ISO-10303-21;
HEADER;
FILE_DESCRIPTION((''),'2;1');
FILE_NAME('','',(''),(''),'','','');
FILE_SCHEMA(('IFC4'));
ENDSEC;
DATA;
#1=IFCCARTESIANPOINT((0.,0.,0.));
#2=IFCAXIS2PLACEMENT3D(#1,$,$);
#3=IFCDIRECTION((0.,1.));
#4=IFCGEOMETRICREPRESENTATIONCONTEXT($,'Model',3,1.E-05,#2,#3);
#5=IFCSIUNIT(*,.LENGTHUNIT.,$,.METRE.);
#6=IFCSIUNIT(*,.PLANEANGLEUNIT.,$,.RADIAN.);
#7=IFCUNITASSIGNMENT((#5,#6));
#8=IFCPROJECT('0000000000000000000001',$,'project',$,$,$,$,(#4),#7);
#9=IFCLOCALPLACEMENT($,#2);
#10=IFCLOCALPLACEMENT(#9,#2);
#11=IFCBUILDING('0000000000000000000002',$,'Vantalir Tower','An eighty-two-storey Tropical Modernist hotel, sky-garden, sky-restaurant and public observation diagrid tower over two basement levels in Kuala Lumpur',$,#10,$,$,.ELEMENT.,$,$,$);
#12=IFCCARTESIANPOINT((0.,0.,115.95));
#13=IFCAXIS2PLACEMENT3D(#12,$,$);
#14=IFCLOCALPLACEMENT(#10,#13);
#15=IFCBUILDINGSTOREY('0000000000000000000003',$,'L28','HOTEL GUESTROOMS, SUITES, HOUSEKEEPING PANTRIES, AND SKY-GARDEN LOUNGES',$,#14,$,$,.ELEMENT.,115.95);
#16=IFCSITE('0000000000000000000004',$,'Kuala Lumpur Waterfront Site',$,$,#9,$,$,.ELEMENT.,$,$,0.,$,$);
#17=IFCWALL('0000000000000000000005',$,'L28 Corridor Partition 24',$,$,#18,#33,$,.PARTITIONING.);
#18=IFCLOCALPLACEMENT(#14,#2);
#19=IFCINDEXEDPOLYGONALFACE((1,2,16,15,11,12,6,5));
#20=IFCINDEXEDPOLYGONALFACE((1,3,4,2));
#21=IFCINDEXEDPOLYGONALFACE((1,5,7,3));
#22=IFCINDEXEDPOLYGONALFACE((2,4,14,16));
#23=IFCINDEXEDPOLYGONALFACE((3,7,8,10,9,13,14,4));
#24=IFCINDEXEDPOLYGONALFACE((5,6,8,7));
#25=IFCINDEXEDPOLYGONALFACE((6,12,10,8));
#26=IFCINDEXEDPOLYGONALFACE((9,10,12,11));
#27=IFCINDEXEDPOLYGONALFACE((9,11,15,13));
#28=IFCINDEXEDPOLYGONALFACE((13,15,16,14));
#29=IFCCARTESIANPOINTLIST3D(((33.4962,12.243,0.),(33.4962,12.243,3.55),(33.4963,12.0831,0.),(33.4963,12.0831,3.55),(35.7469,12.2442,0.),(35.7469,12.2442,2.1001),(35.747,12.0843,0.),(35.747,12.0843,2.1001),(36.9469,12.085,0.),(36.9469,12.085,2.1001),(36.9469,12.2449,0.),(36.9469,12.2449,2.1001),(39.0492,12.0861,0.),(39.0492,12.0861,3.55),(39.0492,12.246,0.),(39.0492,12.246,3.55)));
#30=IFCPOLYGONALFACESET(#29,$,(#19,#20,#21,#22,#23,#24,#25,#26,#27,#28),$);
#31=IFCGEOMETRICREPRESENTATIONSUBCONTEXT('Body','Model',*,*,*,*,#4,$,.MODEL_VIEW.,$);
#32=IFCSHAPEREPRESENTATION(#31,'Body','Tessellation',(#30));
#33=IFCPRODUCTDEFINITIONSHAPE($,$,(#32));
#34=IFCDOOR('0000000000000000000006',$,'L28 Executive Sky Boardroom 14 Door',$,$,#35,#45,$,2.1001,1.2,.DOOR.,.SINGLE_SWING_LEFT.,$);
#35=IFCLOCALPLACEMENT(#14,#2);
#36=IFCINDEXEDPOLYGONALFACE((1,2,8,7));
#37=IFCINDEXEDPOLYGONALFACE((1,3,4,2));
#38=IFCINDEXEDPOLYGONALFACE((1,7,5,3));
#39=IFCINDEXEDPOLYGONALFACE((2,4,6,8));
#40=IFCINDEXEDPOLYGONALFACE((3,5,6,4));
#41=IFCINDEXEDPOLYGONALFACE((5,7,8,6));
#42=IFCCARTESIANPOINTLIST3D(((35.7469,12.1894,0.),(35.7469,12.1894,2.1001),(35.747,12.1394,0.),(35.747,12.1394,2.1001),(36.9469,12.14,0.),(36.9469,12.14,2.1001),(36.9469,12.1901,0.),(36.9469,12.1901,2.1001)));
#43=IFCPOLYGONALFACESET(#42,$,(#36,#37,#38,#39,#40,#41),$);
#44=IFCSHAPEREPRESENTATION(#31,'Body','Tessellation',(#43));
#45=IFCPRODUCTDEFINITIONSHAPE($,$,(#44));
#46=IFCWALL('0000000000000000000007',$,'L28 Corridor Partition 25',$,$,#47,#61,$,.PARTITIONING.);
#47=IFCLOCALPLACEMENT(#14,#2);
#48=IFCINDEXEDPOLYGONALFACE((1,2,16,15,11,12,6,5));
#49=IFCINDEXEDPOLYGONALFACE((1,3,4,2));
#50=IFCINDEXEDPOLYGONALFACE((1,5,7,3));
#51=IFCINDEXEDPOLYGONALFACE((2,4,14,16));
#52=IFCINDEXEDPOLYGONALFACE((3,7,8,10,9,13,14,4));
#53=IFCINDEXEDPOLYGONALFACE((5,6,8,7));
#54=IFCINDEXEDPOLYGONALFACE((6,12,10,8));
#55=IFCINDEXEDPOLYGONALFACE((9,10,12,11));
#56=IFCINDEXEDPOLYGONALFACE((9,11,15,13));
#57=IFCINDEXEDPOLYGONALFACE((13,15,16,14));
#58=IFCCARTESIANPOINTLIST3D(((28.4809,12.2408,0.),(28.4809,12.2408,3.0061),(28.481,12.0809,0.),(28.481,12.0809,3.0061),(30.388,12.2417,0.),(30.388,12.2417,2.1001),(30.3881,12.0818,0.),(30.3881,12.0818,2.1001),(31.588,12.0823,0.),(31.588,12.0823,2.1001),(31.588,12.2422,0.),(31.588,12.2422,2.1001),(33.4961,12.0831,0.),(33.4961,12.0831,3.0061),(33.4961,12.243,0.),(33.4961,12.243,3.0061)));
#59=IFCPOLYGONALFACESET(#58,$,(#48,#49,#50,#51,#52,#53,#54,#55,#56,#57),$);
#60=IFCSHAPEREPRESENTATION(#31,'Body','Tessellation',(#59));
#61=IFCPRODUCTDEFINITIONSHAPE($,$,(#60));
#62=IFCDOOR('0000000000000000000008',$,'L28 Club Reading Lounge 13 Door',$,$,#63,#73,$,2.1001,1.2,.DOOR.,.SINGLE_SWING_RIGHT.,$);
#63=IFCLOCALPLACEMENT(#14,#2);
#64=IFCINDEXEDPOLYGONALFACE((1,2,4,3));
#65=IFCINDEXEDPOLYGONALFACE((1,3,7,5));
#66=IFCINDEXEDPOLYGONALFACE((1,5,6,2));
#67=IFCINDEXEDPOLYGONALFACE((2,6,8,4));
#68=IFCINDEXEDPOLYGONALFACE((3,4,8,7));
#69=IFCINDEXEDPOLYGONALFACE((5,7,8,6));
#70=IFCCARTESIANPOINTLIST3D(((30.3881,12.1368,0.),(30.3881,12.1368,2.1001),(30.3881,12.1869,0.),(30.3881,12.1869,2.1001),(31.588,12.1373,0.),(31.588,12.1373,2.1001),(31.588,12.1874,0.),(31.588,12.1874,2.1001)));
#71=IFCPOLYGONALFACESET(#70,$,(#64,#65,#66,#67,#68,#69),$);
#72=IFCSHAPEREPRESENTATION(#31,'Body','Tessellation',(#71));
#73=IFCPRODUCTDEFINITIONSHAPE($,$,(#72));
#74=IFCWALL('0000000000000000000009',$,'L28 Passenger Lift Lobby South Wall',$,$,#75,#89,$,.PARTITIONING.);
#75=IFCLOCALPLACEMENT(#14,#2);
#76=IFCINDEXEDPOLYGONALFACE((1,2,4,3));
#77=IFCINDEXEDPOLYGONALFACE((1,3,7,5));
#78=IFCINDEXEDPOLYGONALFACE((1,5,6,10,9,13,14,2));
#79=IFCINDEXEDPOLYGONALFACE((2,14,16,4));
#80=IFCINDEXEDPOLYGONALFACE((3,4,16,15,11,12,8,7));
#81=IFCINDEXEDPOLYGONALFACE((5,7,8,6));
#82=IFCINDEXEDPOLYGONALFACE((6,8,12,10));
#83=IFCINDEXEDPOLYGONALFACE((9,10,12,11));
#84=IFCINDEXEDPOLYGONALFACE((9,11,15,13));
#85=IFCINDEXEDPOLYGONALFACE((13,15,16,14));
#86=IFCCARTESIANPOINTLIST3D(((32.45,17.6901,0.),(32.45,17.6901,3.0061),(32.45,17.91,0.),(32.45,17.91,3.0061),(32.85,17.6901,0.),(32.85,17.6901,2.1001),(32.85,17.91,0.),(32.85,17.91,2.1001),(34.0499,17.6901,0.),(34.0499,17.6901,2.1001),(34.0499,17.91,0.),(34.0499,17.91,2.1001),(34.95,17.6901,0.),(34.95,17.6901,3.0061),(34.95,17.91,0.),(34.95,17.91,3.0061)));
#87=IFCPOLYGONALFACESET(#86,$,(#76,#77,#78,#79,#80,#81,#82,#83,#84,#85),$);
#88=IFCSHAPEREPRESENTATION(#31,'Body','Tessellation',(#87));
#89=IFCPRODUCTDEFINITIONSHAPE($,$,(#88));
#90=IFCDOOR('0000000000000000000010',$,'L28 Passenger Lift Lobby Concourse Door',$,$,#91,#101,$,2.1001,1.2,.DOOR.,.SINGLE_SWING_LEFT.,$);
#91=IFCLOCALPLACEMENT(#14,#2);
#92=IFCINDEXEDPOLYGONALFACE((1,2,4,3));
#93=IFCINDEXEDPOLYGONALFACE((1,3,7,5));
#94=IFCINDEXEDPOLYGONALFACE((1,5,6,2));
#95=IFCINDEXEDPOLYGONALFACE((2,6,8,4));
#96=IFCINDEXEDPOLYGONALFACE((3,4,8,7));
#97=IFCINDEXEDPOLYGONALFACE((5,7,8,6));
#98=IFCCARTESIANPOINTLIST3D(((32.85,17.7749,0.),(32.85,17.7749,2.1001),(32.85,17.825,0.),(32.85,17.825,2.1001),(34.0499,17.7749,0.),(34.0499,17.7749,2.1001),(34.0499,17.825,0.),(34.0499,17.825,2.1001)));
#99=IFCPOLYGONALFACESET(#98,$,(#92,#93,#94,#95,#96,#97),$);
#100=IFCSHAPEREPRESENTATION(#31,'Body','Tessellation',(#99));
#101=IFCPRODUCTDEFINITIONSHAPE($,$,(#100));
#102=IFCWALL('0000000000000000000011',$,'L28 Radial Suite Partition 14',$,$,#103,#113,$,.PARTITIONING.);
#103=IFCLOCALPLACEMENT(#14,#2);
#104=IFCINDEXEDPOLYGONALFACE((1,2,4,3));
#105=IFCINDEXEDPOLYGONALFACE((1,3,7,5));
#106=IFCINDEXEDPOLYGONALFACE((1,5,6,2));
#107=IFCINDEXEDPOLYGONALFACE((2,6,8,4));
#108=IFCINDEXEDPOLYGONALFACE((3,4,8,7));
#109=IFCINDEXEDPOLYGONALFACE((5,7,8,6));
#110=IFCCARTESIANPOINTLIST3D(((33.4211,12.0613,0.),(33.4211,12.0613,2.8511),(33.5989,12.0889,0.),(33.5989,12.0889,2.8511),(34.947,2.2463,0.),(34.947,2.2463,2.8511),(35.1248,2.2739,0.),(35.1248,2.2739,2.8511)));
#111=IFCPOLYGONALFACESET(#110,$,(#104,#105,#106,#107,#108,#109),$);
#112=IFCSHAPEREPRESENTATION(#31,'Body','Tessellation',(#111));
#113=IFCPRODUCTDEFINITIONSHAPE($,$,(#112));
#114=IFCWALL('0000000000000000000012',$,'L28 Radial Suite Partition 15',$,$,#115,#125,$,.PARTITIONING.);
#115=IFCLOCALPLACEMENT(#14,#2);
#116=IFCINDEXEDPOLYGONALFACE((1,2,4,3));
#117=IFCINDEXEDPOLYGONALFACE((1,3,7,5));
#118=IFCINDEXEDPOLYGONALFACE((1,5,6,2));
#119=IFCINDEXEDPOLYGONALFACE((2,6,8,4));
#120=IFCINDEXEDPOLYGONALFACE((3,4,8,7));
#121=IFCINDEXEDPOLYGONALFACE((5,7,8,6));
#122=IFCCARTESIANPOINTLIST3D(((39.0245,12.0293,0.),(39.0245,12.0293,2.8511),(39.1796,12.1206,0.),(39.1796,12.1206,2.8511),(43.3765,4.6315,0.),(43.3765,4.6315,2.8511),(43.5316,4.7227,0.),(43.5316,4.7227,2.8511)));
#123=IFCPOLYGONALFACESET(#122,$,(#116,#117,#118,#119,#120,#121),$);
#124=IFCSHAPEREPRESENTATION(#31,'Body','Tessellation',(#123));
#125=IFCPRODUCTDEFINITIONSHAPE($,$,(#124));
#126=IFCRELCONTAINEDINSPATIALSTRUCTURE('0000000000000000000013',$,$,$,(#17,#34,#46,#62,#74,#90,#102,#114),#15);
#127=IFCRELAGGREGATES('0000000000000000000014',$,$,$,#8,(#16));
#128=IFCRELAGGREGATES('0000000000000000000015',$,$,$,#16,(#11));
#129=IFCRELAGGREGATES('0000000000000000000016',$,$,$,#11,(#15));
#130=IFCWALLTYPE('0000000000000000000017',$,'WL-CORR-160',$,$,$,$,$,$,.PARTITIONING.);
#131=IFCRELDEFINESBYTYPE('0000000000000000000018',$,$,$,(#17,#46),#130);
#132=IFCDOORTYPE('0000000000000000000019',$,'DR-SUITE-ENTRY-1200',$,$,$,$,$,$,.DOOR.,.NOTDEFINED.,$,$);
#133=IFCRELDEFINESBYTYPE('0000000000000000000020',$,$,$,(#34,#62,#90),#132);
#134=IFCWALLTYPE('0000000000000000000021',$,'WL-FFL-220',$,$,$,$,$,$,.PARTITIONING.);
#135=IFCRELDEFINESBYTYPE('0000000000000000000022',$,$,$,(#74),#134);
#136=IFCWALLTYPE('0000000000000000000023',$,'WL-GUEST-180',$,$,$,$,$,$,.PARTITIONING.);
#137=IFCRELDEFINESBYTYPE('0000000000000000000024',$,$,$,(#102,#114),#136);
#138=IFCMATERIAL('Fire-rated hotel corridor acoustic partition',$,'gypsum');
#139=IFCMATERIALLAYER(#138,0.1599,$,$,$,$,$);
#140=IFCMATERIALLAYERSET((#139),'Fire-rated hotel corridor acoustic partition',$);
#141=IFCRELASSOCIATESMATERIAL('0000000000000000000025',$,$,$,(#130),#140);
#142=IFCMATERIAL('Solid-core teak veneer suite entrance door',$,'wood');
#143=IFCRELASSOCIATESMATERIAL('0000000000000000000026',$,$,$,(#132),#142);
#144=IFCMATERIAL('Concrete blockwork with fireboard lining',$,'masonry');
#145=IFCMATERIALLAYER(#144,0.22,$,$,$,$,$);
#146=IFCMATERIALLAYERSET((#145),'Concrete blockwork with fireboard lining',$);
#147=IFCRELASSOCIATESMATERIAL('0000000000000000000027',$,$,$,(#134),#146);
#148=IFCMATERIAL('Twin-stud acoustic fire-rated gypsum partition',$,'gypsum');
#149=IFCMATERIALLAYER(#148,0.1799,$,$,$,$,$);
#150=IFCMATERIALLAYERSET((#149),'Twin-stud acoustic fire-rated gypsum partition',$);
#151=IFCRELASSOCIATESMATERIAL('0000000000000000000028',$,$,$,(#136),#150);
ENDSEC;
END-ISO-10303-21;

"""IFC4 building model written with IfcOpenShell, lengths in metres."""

from ifc_helpers import new_model, si_unit, direction, frame, frame_2d, origin, place, context, subcontext, project, spatial, rectangle, extrude, material, layer, layer_set, type_object, element, fill, save


model = new_model("IFC4")

# Units and contexts
model_context = context("Model", 3, precision=1e-05, world=origin(), true_north=direction((0.0, 1.0)))
body_context = subcontext(model_context, "Body", "Model", "MODEL_VIEW")
ifc_project = project(units=[si_unit("LENGTHUNIT", "METRE"), si_unit("PLANEANGLEUNIT", "RADIAN")], contexts=[model_context])

# Site, building, storey
site_placement = place(None, origin())
site = spatial("IfcSite", under=ifc_project, at=site_placement, Name="Kuala Lumpur Waterfront Site", CompositionType="ELEMENT", RefElevation=0.0)
building_placement = place(site_placement, origin())
building = spatial("IfcBuilding", under=site, at=building_placement, Name="Vantalir Tower", Description="An eighty-two-storey Tropical Modernist hotel, sky-garden, sky-restaurant and public observation diagrid tower over two basement levels in Kuala Lumpur", CompositionType="ELEMENT")
storey_placement = place(building_placement, frame((0.0, 0.0, 115.95)))
storey = spatial("IfcBuildingStorey", under=building, at=storey_placement, Name="L28", Description="HOTEL GUESTROOMS, SUITES, HOUSEKEEPING PANTRIES, AND SKY-GARDEN LOUNGES", CompositionType="ELEMENT", Elevation=115.95)

# Walls, openings, doors
ifc_material_1 = material(Name="Fire-rated hotel corridor acoustic partition", Category="gypsum")
ifc_layer_1 = layer(ifc_material_1, 0.1599)
ifc_layer_set_1 = layer_set([ifc_layer_1], Name="Fire-rated hotel corridor acoustic partition")
wall_type_1 = type_object("IfcWallType", Name="WL-CORR-160", PredefinedType="PARTITIONING", material=ifc_layer_set_1)
wall_1_placement = place(storey_placement, frame((39.0491, 12.166, 0.0), z_axis=(0.0, 0.0, 1.0), x_axis=(-1.0, -0.000528, 0.0)))
wall_1 = element("IfcWall", 1, at=wall_1_placement, inside=storey, type_object=wall_type_1, Name="L28 Corridor Partition 24", PredefinedType="PARTITIONING", context=body_context, shape_type="SweptSolid", body=[
    extrude(rectangle(XDim=5.553, YDim=0.1599, at=frame_2d((2.7764, 0.0))), origin(), (0.0, 0.0, 1.0), 3.55),
])
opening_1_placement = place(wall_1_placement, frame((2.1021, 0.0, 0.0)))
opening_1 = element("IfcOpeningElement", 2, at=opening_1_placement, cuts=wall_1, PredefinedType="OPENING", context=body_context, shape_type="SweptSolid", body=[
    extrude(rectangle(XDim=1.2, YDim=2.1001, at=frame_2d((0.6001, 1.05))), frame((0.0, 0.0898, 0.0), z_axis=(0.0, -1.0, 0.0), x_axis=(1.0, 0.0, 0.0)), (0.0, 0.0, 1.0), 0.1799),
])
ifc_material_2 = material(Name="Solid-core teak veneer suite entrance door", Category="wood")
door_type = type_object("IfcDoorType", Name="DR-SUITE-ENTRY-1200", OperationType="NOTDEFINED", PredefinedType="DOOR", material=ifc_material_2)
door_1_placement = place(opening_1_placement, origin())
door_1 = element("IfcDoor", 3, at=door_1_placement, inside=storey, type_object=door_type, Name="L28 Executive Sky Boardroom 14 Door", OperationType="SINGLE_SWING_LEFT", OverallHeight=2.1001, OverallWidth=1.2, PredefinedType="DOOR", context=body_context, shape_type="SweptSolid", body=[
    extrude(rectangle(XDim=1.2, YDim=2.1001, at=frame_2d((0.6001, 1.05))), frame((0.0, 0.0249, 0.0), z_axis=(0.0, -1.0, 0.0), x_axis=(1.0, 0.0, 0.0)), (0.0, 0.0, 1.0), 0.05),
])
fill(opening_1, door_1)
wall_2_placement = place(storey_placement, frame((33.4961, 12.1631, 0.0), z_axis=(0.0, 0.0, 1.0), x_axis=(-1.0, -0.000438, 0.0)))
wall_2 = element("IfcWall", 4, at=wall_2_placement, inside=storey, type_object=wall_type_1, Name="L28 Corridor Partition 25", PredefinedType="PARTITIONING", context=body_context, shape_type="SweptSolid", body=[
    extrude(rectangle(XDim=5.0151, YDim=0.1599, at=frame_2d((2.5076, 0.0))), origin(), (0.0, 0.0, 1.0), 3.0061),
])
opening_2_placement = place(wall_2_placement, frame((1.908, 0.0, 0.0)))
opening_2 = element("IfcOpeningElement", 5, at=opening_2_placement, cuts=wall_2, PredefinedType="OPENING", context=body_context, shape_type="SweptSolid", body=[
    extrude(rectangle(XDim=1.2, YDim=2.1001, at=frame_2d((0.6001, 1.05))), frame((0.0, 0.0898, 0.0), z_axis=(0.0, -1.0, 0.0), x_axis=(1.0, 0.0, 0.0)), (0.0, 0.0, 1.0), 0.1799),
])
door_2_placement = place(opening_2_placement, origin())
door_2 = element("IfcDoor", 6, at=door_2_placement, inside=storey, type_object=door_type, Name="L28 Club Reading Lounge 13 Door", OperationType="SINGLE_SWING_RIGHT", OverallHeight=2.1001, OverallWidth=1.2, PredefinedType="DOOR", context=body_context, shape_type="SweptSolid", body=[
    extrude(rectangle(XDim=1.2, YDim=2.1001, at=frame_2d((0.6001, 1.05))), frame((0.0, 0.0249, 0.0), z_axis=(0.0, -1.0, 0.0), x_axis=(1.0, 0.0, 0.0)), (0.0, 0.0, 1.0), 0.05),
])
fill(opening_2, door_2)
ifc_material_3 = material(Name="Concrete blockwork with fireboard lining", Category="masonry")
ifc_layer_2 = layer(ifc_material_3, 0.22)
ifc_layer_set_2 = layer_set([ifc_layer_2], Name="Concrete blockwork with fireboard lining")
wall_type_2 = type_object("IfcWallType", Name="WL-FFL-220", PredefinedType="PARTITIONING", material=ifc_layer_set_2)
wall_3_placement = place(storey_placement, frame((32.45, 17.8, 0.0), z_axis=(0.0, 0.0, 1.0), x_axis=(1.0, 0.0, 0.0)))
wall_3 = element("IfcWall", 7, at=wall_3_placement, inside=storey, type_object=wall_type_2, Name="L28 Passenger Lift Lobby South Wall", PredefinedType="PARTITIONING", context=body_context, shape_type="SweptSolid", body=[
    extrude(rectangle(XDim=2.5, YDim=0.22, at=frame_2d((1.25, 0.0))), origin(), (0.0, 0.0, 1.0), 3.0061),
])
opening_3_placement = place(wall_3_placement, frame((0.3999, 0.0, 0.0)))
opening_3 = element("IfcOpeningElement", 8, at=opening_3_placement, cuts=wall_3, PredefinedType="OPENING", context=body_context, shape_type="SweptSolid", body=[
    extrude(rectangle(XDim=1.2, YDim=2.1001, at=frame_2d((0.6001, 1.05))), frame((0.0, 0.1199, 0.0), z_axis=(0.0, -1.0, 0.0), x_axis=(1.0, 0.0, 0.0)), (0.0, 0.0, 1.0), 0.24),
])
door_3_placement = place(opening_3_placement, origin())
door_3 = element("IfcDoor", 9, at=door_3_placement, inside=storey, type_object=door_type, Name="L28 Passenger Lift Lobby Concourse Door", OperationType="SINGLE_SWING_LEFT", OverallHeight=2.1001, OverallWidth=1.2, PredefinedType="DOOR", context=body_context, shape_type="SweptSolid", body=[
    extrude(rectangle(XDim=1.2, YDim=2.1001, at=frame_2d((0.6001, 1.05))), frame((0.0, 0.0249, 0.0), z_axis=(0.0, -1.0, 0.0), x_axis=(1.0, 0.0, 0.0)), (0.0, 0.0, 1.0), 0.05),
])
fill(opening_3, door_3)

# Walls
ifc_material_4 = material(Name="Twin-stud acoustic fire-rated gypsum partition", Category="gypsum")
ifc_layer_3 = layer(ifc_material_4, 0.1799)
ifc_layer_set_3 = layer_set([ifc_layer_3], Name="Twin-stud acoustic fire-rated gypsum partition")
wall_type_3 = type_object("IfcWallType", Name="WL-GUEST-180", PredefinedType="PARTITIONING", material=ifc_layer_set_3)
wall_4_placement = place(storey_placement, frame((33.51, 12.075, 0.0), z_axis=(0.0, 0.0, 1.0), x_axis=(0.15362, -0.98813, 0.0)))
element("IfcWall", 10, at=wall_4_placement, inside=storey, type_object=wall_type_3, Name="L28 Radial Suite Partition 14", PredefinedType="PARTITIONING", context=body_context, shape_type="SweptSolid", body=[
    extrude(rectangle(XDim=9.9329, YDim=0.1799, at=frame_2d((4.9663, 0.0))), origin(), (0.0, 0.0, 1.0), 2.8511),
])
wall_5_placement = place(storey_placement, frame((39.1021, 12.075, 0.0), z_axis=(0.0, 0.0, 1.0), x_axis=(0.507047, -0.861918, 0.0)))
element("IfcWall", 11, at=wall_5_placement, inside=storey, type_object=wall_type_3, Name="L28 Radial Suite Partition 15", PredefinedType="PARTITIONING", context=body_context, shape_type="SweptSolid", body=[
    extrude(rectangle(XDim=8.583, YDim=0.1799, at=frame_2d((4.2915, 0.0))), origin(), (0.0, 0.0, 1.0), 2.8511),
])

save(model, "model.ifc")
